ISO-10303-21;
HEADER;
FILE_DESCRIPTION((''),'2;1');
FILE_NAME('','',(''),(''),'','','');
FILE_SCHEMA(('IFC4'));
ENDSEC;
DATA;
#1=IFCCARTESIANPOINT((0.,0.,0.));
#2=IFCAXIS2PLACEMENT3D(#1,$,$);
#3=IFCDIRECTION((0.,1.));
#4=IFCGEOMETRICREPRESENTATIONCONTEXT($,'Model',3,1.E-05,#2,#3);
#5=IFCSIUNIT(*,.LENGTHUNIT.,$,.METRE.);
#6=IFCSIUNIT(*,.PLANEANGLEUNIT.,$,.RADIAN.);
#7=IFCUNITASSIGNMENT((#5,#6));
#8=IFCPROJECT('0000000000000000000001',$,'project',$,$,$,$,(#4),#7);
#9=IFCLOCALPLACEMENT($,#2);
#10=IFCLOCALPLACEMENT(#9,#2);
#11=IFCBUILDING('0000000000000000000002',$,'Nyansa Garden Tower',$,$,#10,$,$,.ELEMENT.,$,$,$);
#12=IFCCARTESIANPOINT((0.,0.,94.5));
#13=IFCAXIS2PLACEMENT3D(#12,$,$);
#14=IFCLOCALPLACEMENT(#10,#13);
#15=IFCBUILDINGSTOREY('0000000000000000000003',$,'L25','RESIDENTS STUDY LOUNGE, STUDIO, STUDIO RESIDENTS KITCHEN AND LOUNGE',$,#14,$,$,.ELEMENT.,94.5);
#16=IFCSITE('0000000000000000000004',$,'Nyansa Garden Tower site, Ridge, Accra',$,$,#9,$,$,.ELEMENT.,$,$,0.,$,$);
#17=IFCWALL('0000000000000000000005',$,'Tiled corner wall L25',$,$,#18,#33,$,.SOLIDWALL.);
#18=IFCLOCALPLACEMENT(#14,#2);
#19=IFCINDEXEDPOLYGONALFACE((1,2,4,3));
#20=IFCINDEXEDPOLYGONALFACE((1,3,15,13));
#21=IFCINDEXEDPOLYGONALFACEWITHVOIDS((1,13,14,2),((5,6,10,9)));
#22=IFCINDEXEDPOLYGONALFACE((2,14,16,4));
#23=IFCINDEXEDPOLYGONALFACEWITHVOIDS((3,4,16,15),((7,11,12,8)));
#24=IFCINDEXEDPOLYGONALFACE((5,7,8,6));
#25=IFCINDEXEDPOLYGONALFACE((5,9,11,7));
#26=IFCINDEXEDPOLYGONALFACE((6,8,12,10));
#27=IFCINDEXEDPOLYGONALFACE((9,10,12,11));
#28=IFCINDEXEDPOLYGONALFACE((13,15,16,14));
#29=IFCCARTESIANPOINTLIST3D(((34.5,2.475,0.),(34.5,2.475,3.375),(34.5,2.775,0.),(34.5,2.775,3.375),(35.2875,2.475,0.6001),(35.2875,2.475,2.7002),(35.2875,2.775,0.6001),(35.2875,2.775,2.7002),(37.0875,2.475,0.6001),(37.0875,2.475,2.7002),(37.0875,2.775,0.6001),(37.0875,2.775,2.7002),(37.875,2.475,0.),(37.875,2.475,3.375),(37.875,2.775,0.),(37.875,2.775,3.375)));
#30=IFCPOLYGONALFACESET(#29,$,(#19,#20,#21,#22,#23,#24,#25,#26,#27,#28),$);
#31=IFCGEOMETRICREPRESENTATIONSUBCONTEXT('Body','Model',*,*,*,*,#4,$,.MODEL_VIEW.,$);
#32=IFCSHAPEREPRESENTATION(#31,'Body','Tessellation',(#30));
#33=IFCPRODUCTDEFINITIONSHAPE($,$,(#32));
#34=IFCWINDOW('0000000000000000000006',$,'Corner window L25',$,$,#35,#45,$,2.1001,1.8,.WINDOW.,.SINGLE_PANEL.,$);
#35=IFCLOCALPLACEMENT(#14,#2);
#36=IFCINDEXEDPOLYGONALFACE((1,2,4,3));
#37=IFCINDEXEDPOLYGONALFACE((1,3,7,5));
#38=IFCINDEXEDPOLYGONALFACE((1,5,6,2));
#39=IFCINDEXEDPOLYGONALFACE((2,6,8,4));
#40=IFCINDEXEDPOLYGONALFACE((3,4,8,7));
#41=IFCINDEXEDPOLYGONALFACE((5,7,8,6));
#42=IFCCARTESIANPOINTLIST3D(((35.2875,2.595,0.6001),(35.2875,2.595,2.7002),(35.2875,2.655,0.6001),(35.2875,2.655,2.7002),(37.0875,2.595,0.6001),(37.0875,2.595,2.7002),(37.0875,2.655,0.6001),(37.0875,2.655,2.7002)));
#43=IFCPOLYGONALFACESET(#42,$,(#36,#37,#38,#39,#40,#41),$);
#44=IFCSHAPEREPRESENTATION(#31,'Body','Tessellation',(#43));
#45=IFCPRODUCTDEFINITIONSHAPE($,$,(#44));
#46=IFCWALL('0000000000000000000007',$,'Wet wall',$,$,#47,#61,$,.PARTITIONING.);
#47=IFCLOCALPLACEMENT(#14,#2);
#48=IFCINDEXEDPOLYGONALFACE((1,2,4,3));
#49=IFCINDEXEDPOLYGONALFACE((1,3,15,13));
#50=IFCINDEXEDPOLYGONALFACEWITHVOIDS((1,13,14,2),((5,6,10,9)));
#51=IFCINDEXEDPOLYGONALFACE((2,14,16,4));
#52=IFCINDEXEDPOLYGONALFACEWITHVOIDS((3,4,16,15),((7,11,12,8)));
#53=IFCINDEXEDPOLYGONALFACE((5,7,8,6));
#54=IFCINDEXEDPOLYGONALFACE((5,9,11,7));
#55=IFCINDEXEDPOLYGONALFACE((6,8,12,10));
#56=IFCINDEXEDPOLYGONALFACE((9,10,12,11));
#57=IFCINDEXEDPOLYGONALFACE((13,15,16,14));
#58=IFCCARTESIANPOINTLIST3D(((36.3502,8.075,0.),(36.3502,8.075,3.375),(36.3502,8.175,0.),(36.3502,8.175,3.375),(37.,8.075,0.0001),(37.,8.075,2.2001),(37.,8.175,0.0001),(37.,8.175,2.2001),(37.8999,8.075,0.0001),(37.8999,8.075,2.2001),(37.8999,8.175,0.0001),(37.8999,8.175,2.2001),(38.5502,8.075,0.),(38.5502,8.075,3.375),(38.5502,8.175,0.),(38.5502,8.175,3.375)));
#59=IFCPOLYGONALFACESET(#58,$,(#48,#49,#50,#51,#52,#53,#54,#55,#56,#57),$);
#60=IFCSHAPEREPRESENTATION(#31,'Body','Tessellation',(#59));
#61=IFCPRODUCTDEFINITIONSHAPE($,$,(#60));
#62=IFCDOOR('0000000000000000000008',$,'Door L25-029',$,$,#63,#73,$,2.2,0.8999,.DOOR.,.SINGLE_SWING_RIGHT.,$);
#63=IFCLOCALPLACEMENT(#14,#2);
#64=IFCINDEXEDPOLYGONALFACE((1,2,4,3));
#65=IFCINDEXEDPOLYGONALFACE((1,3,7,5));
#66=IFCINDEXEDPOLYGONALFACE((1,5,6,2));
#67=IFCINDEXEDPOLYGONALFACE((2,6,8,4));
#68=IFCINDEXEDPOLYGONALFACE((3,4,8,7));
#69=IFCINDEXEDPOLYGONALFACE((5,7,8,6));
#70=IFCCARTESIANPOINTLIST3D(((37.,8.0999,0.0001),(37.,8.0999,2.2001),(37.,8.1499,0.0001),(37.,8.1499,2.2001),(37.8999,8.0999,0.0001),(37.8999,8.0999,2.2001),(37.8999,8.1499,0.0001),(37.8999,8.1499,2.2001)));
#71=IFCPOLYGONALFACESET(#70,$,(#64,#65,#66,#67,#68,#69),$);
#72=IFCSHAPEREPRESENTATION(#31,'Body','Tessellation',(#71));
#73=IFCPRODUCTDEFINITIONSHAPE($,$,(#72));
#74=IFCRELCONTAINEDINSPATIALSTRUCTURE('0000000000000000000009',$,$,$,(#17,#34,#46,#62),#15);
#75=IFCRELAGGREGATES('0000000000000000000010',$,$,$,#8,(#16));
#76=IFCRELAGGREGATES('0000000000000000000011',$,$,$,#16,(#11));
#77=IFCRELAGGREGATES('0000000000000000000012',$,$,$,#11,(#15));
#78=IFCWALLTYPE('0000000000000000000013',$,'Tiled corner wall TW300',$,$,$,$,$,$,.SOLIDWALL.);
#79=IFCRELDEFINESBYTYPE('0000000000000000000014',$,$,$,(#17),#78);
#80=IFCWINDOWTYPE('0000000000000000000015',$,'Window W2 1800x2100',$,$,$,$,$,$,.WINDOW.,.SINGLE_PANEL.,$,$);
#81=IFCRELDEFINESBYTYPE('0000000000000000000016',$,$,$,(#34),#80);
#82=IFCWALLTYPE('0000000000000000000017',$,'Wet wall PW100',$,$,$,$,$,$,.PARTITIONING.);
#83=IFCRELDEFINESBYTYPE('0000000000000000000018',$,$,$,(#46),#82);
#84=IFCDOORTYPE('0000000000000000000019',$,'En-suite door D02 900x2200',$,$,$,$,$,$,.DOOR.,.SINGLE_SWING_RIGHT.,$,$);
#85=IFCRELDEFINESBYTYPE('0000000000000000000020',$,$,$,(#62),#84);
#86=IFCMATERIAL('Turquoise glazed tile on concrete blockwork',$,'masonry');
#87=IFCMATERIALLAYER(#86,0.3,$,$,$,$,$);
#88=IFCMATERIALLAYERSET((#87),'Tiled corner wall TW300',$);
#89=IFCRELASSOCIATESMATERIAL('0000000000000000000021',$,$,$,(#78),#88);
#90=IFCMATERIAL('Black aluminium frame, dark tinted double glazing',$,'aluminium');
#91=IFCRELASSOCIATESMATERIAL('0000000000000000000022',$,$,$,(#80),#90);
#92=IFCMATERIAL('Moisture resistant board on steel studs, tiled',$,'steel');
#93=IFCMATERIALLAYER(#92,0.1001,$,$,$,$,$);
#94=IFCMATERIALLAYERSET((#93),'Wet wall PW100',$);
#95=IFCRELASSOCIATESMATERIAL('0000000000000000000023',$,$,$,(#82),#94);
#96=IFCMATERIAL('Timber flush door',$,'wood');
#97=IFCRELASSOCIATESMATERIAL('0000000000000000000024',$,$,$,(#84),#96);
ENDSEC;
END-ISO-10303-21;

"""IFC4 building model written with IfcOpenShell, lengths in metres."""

from ifc_helpers import new_model, si_unit, direction, frame, frame_2d, origin, place, context, subcontext, project, spatial, rectangle, extrude, material, layer, layer_set, type_object, element, fill, save


model = new_model("IFC4")

# Units and contexts
model_context = context("Model", 3, precision=1e-05, world=origin(), true_north=direction((0.0, 1.0)))
body_context = subcontext(model_context, "Body", "Model", "MODEL_VIEW")
ifc_project = project(units=[si_unit("LENGTHUNIT", "METRE"), si_unit("PLANEANGLEUNIT", "RADIAN")], contexts=[model_context])

# Site, building, storey
site_placement = place(None, origin())
site = spatial("IfcSite", under=ifc_project, at=site_placement, Name="Nyansa Garden Tower site, Ridge, Accra", CompositionType="ELEMENT", RefElevation=0.0)
building_placement = place(site_placement, origin())
building = spatial("IfcBuilding", under=site, at=building_placement, Name="Nyansa Garden Tower", CompositionType="ELEMENT")
storey_placement = place(building_placement, frame((0.0, 0.0, 94.5)))
storey = spatial("IfcBuildingStorey", under=building, at=storey_placement, Name="L25", Description="RESIDENTS STUDY LOUNGE, STUDIO, STUDIO RESIDENTS KITCHEN AND LOUNGE", CompositionType="ELEMENT", Elevation=94.5)

# Wall, opening, window
ifc_material_1 = material(Name="Turquoise glazed tile on concrete blockwork", Category="masonry")
ifc_layer_1 = layer(ifc_material_1, 0.3)
ifc_layer_set_1 = layer_set([ifc_layer_1], Name="Tiled corner wall TW300")
wall_type_1 = type_object("IfcWallType", Name="Tiled corner wall TW300", PredefinedType="SOLIDWALL", material=ifc_layer_set_1)
wall_1_placement = place(storey_placement, frame((34.5, 2.625, 0.0), z_axis=(0.0, 0.0, 1.0), x_axis=(1.0, 0.0, 0.0)))
wall_1 = element("IfcWall", 1, at=wall_1_placement, inside=storey, type_object=wall_type_1, Name="Tiled corner wall L25", PredefinedType="SOLIDWALL", context=body_context, shape_type="SweptSolid", body=[
    extrude(rectangle(XDim=3.375, YDim=0.3, at=frame_2d((1.6875, 0.0))), origin(), (0.0, 0.0, 1.0), 3.375),
])
opening_1_placement = place(wall_1_placement, frame((0.7876, 0.0, 0.6001)))
opening_1 = element("IfcOpeningElement", 2, at=opening_1_placement, cuts=wall_1, PredefinedType="OPENING", context=body_context, shape_type="SweptSolid", body=[
    extrude(rectangle(XDim=1.8, YDim=2.1001, at=frame_2d((0.8999, 1.05))), frame((0.0, 0.1599, 0.0), z_axis=(0.0, -1.0, 0.0), x_axis=(1.0, 0.0, 0.0)), (0.0, 0.0, 1.0), 0.3201),
])
ifc_material_2 = material(Name="Black aluminium frame, dark tinted double glazing", Category="aluminium")
window_type_1 = type_object("IfcWindowType", Name="Window W2 1800x2100", PartitioningType="SINGLE_PANEL", PredefinedType="WINDOW", material=ifc_material_2)
window_1_placement = place(opening_1_placement, origin())
window_1 = element("IfcWindow", 3, at=window_1_placement, inside=storey, type_object=window_type_1, Name="Corner window L25", OverallHeight=2.1001, OverallWidth=1.8, PartitioningType="SINGLE_PANEL", PredefinedType="WINDOW", context=body_context, shape_type="SweptSolid", body=[
    extrude(rectangle(XDim=1.8, YDim=2.1001, at=frame_2d((0.8999, 1.05))), frame((0.0, 0.03, 0.0), z_axis=(0.0, -1.0, 0.0), x_axis=(1.0, 0.0, 0.0)), (0.0, 0.0, 1.0), 0.0601),
])
fill(opening_1, window_1)

# Wall, opening, door
ifc_material_3 = material(Name="Moisture resistant board on steel studs, tiled", Category="steel")
ifc_layer_2 = layer(ifc_material_3, 0.1001)
ifc_layer_set_2 = layer_set([ifc_layer_2], Name="Wet wall PW100")
wall_type_2 = type_object("IfcWallType", Name="Wet wall PW100", PredefinedType="PARTITIONING", material=ifc_layer_set_2)
wall_2_placement = place(storey_placement, frame((36.3501, 8.125, 0.0), z_axis=(0.0, 0.0, 1.0), x_axis=(1.0, 0.0, 0.0)))
wall_2 = element("IfcWall", 4, at=wall_2_placement, inside=storey, type_object=wall_type_2, Name="Wet wall", PredefinedType="PARTITIONING", context=body_context, shape_type="SweptSolid", body=[
    extrude(rectangle(XDim=2.2, YDim=0.1001, at=frame_2d((1.1001, 0.0))), origin(), (0.0, 0.0, 1.0), 3.375),
])
opening_2_placement = place(wall_2_placement, frame((0.6499, 0.0, 0.0)))
opening_2 = element("IfcOpeningElement", 5, at=opening_2_placement, cuts=wall_2, PredefinedType="OPENING", context=body_context, shape_type="SweptSolid", body=[
    extrude(rectangle(XDim=0.8999, YDim=2.2, at=frame_2d((0.45, 1.1001))), frame((0.0, 0.0601, 0.0), z_axis=(0.0, -1.0, 0.0), x_axis=(1.0, 0.0, 0.0)), (0.0, 0.0, 1.0), 0.1201),
])
ifc_material_4 = material(Name="Timber flush door", Category="wood")
door_type_1 = type_object("IfcDoorType", Name="En-suite door D02 900x2200", OperationType="SINGLE_SWING_RIGHT", PredefinedType="DOOR", material=ifc_material_4)
door_1_placement = place(opening_2_placement, origin())
door_1 = element("IfcDoor", 6, at=door_1_placement, inside=storey, type_object=door_type_1, Name="Door L25-029", OperationType="SINGLE_SWING_RIGHT", OverallHeight=2.2, OverallWidth=0.8999, PredefinedType="DOOR", context=body_context, shape_type="SweptSolid", body=[
    extrude(rectangle(XDim=0.8999, YDim=2.2, at=frame_2d((0.45, 1.1001))), frame((0.0, 0.0249, 0.0), z_axis=(0.0, -1.0, 0.0), x_axis=(1.0, 0.0, 0.0)), (0.0, 0.0, 1.0), 0.05),
])
fill(opening_2, door_1)

save(model, "model.ifc")
